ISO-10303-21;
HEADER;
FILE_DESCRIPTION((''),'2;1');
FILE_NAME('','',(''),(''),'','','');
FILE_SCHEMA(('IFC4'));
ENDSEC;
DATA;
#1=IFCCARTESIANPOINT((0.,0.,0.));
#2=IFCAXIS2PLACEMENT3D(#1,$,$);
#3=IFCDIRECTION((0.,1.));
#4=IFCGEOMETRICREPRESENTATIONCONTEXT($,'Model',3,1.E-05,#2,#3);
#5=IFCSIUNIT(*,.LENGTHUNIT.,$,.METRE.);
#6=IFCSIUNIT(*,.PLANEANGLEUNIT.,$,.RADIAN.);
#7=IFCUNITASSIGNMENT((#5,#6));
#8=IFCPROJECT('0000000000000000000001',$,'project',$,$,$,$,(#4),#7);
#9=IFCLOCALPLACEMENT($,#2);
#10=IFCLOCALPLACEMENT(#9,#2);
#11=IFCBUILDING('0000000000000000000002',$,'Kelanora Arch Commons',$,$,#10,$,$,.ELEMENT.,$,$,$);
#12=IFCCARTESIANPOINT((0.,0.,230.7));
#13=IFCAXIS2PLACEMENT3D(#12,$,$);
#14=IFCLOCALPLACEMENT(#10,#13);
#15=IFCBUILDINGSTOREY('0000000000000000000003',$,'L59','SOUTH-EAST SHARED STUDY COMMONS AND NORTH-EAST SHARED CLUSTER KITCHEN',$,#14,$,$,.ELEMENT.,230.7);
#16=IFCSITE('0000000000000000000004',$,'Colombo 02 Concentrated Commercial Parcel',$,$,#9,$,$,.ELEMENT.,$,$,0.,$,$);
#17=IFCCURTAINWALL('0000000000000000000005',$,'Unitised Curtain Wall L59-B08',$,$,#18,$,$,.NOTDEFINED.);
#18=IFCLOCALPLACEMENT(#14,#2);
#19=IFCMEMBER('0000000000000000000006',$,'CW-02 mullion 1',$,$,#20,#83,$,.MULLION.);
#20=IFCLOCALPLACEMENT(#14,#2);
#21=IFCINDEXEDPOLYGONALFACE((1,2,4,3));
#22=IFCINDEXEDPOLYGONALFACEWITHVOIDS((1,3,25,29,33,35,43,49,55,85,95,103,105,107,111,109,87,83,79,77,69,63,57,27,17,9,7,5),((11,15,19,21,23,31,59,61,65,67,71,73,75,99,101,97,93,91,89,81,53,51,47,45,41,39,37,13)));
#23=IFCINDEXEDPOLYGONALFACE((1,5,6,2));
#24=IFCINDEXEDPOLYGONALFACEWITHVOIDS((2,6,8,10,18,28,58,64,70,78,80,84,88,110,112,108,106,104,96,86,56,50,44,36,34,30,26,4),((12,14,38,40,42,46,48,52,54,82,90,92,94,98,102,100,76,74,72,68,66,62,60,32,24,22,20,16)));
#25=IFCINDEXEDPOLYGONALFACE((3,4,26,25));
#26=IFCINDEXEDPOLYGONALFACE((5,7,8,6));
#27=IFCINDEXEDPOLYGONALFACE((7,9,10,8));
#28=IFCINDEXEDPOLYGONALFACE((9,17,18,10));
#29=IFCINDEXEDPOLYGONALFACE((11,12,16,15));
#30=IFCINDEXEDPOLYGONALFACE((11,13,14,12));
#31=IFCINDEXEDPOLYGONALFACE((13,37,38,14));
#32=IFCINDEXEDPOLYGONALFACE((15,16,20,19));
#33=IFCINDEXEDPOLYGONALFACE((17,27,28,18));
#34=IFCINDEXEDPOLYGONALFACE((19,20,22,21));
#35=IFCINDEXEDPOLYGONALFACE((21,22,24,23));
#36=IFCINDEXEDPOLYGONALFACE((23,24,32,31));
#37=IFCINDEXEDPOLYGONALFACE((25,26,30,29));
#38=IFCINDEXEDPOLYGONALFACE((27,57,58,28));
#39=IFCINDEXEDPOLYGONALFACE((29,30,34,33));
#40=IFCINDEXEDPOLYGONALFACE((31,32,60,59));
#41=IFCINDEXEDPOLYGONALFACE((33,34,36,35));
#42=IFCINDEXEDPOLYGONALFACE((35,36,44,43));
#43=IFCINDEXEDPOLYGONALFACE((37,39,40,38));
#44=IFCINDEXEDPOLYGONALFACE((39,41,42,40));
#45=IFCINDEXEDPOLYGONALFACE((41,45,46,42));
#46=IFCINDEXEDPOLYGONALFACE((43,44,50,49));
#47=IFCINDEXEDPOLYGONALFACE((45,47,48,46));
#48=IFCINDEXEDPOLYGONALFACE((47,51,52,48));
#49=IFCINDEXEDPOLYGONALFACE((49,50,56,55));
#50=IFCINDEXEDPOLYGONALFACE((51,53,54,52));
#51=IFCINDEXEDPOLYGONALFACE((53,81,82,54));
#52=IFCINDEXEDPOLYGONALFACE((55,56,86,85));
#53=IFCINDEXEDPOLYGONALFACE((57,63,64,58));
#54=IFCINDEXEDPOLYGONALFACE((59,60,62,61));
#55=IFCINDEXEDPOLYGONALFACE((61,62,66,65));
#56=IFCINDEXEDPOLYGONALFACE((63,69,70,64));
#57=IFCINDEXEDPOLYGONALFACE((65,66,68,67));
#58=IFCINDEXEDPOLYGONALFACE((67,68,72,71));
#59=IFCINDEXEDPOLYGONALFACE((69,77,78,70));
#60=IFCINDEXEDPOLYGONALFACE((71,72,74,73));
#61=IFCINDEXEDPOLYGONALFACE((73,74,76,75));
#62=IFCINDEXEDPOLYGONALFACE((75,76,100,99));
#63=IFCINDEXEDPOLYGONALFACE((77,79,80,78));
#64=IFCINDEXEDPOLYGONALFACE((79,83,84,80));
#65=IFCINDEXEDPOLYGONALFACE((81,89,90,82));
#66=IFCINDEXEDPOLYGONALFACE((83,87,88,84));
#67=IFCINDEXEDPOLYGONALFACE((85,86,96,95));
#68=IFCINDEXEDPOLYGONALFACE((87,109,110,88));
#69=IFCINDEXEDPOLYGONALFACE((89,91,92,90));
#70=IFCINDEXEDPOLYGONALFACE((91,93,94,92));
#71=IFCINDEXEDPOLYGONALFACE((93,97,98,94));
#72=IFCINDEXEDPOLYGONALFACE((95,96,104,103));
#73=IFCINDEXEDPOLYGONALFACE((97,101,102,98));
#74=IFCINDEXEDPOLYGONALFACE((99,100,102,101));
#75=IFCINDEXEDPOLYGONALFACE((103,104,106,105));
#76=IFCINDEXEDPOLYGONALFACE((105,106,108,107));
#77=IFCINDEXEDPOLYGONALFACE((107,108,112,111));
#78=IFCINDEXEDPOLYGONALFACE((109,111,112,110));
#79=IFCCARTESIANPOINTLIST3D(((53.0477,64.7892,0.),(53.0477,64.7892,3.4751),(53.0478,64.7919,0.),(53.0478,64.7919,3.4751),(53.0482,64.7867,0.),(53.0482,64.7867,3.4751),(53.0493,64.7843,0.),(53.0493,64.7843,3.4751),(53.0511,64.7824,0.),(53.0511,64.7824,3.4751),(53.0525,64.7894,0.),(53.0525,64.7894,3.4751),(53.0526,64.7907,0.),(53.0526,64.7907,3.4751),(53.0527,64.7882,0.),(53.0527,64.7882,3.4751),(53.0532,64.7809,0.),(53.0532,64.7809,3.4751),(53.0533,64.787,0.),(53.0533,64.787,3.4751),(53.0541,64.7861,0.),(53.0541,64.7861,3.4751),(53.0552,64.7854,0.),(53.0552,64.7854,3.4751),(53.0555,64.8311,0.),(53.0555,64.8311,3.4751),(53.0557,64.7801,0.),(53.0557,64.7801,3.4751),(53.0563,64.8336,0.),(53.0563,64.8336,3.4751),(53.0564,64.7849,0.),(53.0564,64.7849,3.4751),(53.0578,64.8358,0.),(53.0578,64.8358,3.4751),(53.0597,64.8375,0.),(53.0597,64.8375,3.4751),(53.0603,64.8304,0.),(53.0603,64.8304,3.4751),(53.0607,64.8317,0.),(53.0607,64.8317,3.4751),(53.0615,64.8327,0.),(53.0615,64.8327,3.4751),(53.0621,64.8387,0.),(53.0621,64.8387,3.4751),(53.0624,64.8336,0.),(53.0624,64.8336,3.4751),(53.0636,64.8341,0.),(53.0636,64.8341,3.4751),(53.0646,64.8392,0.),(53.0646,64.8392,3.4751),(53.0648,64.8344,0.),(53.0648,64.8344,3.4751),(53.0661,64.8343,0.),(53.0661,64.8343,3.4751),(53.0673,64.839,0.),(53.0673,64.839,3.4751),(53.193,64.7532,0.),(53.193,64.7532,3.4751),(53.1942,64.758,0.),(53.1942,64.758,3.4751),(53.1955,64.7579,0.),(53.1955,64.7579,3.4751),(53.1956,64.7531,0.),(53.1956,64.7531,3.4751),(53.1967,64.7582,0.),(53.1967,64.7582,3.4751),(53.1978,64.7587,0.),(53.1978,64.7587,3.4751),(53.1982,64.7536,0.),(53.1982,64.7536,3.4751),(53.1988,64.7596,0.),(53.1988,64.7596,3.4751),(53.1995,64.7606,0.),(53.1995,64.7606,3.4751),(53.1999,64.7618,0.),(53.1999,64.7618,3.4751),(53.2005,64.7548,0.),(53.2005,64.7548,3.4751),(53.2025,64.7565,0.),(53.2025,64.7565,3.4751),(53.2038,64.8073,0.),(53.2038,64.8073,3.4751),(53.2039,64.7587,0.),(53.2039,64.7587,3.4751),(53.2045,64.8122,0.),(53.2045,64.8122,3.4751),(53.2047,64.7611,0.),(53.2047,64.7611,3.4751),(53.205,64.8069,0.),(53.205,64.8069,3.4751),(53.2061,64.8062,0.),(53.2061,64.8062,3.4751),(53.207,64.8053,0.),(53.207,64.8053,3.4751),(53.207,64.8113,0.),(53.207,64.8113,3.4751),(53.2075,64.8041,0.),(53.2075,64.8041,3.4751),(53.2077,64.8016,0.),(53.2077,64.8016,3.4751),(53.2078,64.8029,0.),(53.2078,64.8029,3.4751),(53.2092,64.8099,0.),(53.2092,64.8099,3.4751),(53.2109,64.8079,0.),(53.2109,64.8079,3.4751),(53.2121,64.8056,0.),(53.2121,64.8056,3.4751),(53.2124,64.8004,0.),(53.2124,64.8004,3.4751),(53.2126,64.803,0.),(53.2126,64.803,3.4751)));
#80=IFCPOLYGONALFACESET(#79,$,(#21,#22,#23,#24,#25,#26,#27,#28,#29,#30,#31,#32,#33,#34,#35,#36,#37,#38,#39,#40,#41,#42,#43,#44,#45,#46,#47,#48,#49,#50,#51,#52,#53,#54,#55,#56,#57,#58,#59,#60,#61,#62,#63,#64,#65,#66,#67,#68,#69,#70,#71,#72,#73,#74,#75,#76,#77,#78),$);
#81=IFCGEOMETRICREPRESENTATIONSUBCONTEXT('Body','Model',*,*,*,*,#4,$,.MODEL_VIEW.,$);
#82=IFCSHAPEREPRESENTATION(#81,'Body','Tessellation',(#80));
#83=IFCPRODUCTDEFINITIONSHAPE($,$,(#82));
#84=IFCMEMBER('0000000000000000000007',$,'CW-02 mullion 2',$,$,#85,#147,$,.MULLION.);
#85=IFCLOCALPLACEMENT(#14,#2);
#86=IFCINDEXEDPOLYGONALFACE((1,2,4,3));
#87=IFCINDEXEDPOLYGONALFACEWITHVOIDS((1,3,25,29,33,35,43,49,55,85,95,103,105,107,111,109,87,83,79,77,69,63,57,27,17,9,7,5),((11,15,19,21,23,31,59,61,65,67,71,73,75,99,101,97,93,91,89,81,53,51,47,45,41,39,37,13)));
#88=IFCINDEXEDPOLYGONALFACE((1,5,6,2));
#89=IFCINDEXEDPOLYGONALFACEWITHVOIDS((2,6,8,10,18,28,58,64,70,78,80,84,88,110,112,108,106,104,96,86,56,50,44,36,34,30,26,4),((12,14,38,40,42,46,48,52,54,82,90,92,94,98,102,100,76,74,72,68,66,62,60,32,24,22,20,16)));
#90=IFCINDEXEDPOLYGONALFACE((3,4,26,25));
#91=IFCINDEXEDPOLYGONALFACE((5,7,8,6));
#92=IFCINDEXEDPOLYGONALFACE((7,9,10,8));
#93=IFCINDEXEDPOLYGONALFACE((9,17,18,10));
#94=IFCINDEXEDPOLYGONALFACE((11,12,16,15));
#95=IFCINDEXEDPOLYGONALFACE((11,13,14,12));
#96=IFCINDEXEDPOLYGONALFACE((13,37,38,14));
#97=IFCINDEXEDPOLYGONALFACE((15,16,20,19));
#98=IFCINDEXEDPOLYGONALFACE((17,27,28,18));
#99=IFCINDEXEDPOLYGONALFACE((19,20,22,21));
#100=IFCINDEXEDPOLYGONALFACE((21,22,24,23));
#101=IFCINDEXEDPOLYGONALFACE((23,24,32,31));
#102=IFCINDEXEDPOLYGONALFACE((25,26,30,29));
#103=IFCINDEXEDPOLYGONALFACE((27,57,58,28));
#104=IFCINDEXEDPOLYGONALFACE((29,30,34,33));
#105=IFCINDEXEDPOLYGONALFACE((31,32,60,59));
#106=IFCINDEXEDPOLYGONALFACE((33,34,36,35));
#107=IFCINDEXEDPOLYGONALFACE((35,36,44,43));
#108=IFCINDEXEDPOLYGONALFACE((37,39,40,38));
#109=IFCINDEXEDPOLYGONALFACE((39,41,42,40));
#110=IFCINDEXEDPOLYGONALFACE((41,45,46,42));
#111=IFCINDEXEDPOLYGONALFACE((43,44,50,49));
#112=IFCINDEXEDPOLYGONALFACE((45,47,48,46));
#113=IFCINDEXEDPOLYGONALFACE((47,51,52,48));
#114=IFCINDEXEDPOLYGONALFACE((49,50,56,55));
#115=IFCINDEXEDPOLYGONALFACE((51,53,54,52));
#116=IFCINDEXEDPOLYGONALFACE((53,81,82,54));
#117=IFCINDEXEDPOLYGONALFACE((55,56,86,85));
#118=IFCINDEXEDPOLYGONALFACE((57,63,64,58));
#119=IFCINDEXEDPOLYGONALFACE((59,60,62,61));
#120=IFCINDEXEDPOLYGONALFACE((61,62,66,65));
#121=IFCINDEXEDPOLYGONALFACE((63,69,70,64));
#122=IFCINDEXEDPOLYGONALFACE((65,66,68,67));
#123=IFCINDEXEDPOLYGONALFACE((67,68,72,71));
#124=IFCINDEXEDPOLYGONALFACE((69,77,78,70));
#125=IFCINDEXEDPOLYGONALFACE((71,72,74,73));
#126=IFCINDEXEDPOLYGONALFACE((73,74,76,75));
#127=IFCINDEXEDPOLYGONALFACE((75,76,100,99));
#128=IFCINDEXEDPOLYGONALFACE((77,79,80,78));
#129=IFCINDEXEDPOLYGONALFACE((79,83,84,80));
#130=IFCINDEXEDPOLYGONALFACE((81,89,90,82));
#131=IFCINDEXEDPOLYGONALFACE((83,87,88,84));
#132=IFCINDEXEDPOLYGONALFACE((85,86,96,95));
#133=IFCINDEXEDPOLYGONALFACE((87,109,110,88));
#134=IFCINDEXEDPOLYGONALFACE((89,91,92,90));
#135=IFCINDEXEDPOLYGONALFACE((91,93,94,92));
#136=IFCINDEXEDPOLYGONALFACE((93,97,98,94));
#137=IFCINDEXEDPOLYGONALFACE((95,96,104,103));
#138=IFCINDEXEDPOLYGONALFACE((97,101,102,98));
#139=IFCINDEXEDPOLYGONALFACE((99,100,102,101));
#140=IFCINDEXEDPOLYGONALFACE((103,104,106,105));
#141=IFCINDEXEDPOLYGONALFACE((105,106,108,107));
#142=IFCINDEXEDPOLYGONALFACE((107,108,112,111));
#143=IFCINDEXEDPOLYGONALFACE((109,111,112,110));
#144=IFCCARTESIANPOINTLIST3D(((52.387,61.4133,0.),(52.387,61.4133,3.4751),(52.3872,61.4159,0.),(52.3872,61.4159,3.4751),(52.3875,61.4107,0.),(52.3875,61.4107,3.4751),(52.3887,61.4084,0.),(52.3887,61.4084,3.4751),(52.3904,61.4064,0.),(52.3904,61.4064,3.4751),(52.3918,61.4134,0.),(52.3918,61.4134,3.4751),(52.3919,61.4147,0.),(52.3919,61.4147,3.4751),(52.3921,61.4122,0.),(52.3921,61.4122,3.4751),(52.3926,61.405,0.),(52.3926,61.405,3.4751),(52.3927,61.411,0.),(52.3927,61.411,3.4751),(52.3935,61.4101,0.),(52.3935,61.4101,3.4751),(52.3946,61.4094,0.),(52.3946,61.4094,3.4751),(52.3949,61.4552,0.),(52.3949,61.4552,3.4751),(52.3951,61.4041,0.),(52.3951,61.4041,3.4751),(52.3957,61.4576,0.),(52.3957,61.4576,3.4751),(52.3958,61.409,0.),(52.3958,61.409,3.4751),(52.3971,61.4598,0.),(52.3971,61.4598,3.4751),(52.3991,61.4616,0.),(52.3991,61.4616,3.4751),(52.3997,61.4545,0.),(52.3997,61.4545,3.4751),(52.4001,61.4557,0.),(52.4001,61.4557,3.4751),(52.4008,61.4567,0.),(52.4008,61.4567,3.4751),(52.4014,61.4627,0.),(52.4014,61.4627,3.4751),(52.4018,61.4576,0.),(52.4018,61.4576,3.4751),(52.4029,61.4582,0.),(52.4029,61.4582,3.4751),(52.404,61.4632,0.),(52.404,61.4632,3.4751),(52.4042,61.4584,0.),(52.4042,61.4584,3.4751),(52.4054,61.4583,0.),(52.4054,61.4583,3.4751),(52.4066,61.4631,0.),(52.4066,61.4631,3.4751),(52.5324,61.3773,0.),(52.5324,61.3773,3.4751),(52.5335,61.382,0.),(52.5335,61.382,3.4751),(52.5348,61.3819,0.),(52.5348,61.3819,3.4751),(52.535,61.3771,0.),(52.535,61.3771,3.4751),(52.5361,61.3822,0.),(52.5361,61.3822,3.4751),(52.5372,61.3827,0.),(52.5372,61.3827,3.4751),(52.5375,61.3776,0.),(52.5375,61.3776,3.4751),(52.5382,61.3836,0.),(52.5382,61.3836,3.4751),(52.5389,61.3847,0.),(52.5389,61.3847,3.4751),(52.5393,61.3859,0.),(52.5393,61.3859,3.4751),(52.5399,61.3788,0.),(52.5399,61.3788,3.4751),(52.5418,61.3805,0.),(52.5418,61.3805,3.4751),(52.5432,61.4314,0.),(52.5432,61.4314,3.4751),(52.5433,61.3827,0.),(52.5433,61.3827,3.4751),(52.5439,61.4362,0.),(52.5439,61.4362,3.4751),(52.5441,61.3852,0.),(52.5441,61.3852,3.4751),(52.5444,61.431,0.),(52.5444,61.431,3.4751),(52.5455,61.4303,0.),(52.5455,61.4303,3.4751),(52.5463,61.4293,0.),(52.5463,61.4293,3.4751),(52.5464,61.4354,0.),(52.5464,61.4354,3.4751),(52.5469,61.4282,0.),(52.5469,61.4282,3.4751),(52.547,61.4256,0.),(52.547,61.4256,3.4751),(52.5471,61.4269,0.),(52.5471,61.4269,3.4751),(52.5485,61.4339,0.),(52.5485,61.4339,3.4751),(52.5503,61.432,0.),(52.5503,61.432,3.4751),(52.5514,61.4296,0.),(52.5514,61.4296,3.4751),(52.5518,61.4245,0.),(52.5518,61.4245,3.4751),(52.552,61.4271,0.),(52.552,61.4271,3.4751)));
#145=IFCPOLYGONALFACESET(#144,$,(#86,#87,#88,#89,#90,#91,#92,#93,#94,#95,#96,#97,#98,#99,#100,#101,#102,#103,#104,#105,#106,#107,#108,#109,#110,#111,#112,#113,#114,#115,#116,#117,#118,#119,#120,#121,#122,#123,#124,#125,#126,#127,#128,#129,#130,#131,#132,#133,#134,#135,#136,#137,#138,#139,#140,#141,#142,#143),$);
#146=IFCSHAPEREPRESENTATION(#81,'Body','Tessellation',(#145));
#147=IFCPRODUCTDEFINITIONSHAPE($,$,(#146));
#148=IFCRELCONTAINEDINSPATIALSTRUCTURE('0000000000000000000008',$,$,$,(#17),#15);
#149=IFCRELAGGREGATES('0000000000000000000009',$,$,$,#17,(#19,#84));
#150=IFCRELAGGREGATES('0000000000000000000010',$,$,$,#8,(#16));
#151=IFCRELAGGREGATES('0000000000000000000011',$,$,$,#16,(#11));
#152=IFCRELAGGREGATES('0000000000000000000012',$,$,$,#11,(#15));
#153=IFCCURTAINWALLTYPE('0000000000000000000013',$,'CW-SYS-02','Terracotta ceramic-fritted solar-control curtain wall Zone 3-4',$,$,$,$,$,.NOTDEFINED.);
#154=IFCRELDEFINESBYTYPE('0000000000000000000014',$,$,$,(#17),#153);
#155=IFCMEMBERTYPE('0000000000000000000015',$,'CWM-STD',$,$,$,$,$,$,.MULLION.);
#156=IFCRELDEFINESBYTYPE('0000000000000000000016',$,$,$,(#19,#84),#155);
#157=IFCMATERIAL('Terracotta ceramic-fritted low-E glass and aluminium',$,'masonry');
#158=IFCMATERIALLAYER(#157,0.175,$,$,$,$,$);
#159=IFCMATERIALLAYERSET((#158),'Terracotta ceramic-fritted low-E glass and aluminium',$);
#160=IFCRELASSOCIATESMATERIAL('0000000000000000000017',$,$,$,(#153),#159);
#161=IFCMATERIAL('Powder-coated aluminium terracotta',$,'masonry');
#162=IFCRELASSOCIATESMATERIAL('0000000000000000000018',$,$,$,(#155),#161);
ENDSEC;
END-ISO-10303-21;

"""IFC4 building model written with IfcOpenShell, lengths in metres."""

from ifc_helpers import new_model, si_unit, direction, frame, origin, origin_2d, place, context, subcontext, project, spatial, hollow_rectangle, extrude, material, layer, layer_set, material_profile, profile_set, type_object, element, aggregate, save


model = new_model("IFC4")

# Units and contexts
model_context = context("Model", 3, precision=1e-05, world=origin(), true_north=direction((0.0, 1.0)))
body_context = subcontext(model_context, "Body", "Model", "MODEL_VIEW")
ifc_project = project(units=[si_unit("LENGTHUNIT", "METRE"), si_unit("PLANEANGLEUNIT", "RADIAN")], contexts=[model_context])

# Site, building, storey
site_placement = place(None, origin())
site = spatial("IfcSite", under=ifc_project, at=site_placement, Name="Colombo 02 Concentrated Commercial Parcel", CompositionType="ELEMENT", RefElevation=0.0)
building_placement = place(site_placement, origin())
building = spatial("IfcBuilding", under=site, at=building_placement, Name="Kelanora Arch Commons", CompositionType="ELEMENT")
storey_placement = place(building_placement, frame((0.0, 0.0, 230.7)))
storey = spatial("IfcBuildingStorey", under=building, at=storey_placement, Name="L59", Description="SOUTH-EAST SHARED STUDY COMMONS AND NORTH-EAST SHARED CLUSTER KITCHEN", CompositionType="ELEMENT", Elevation=230.7)

# Curtain wall, members
ifc_material_1 = material(Name="Terracotta ceramic-fritted low-E glass and aluminium", Category="masonry")
ifc_layer_1 = layer(ifc_material_1, 0.175)
ifc_layer_set_1 = layer_set([ifc_layer_1], Name="Terracotta ceramic-fritted low-E glass and aluminium")
curtain_wall_type = type_object("IfcCurtainWallType", Name="CW-SYS-02", Description="Terracotta ceramic-fritted solar-control curtain wall Zone 3-4", PredefinedType="NOTDEFINED", material=ifc_layer_set_1)
curtain_wall_placement = place(storey_placement, origin())
curtain_wall = element("IfcCurtainWall", 1, at=curtain_wall_placement, inside=storey, type_object=curtain_wall_type, Name="Unitised Curtain Wall L59-B08", PredefinedType="NOTDEFINED")
ifc_material_2 = material(Name="Powder-coated aluminium terracotta", Category="masonry")
ifc_material_profile_1 = material_profile(ifc_material_2, hollow_rectangle(XDim=0.1599, YDim=0.0601, WallThickness=0.0049, InnerFilletRadius=0.0049, OuterFilletRadius=0.01, at=origin_2d()), Name="CWM160x60")
ifc_profile_set_1 = profile_set([ifc_material_profile_1], Name="Powder-coated aluminium terracotta")
member_type_1 = type_object("IfcMemberType", Name="CWM-STD", PredefinedType="MULLION", material=ifc_profile_set_1)
member_1_placement = place(storey_placement, frame((53.1301, 64.7961, 0.0), z_axis=(0.0, 0.0, 1.0), x_axis=(0.981381, -0.192069, 0.0)))
member_1 = element("IfcMember", 2, at=member_1_placement, type_object=member_type_1, Name="CW-02 mullion 1", PredefinedType="MULLION", context=body_context, shape_type="SweptSolid", body=[
    extrude(hollow_rectangle(XDim=0.1599, YDim=0.0601, WallThickness=0.0049, InnerFilletRadius=0.0049, OuterFilletRadius=0.01, at=origin_2d()), origin(), (0.0, 0.0, 1.0), 3.4751),
])
member_2_placement = place(storey_placement, frame((52.4695, 61.4202, 0.0), z_axis=(0.0, 0.0, 1.0), x_axis=(0.981381, -0.192069, 0.0)))
member_2 = element("IfcMember", 3, at=member_2_placement, type_object=member_type_1, Name="CW-02 mullion 2", PredefinedType="MULLION", context=body_context, shape_type="SweptSolid", body=[
    extrude(hollow_rectangle(XDim=0.1599, YDim=0.0601, WallThickness=0.0049, InnerFilletRadius=0.0049, OuterFilletRadius=0.01, at=origin_2d()), origin(), (0.0, 0.0, 1.0), 3.4751),
])
aggregate(curtain_wall, [member_1, member_2])

save(model, "model.ifc")
